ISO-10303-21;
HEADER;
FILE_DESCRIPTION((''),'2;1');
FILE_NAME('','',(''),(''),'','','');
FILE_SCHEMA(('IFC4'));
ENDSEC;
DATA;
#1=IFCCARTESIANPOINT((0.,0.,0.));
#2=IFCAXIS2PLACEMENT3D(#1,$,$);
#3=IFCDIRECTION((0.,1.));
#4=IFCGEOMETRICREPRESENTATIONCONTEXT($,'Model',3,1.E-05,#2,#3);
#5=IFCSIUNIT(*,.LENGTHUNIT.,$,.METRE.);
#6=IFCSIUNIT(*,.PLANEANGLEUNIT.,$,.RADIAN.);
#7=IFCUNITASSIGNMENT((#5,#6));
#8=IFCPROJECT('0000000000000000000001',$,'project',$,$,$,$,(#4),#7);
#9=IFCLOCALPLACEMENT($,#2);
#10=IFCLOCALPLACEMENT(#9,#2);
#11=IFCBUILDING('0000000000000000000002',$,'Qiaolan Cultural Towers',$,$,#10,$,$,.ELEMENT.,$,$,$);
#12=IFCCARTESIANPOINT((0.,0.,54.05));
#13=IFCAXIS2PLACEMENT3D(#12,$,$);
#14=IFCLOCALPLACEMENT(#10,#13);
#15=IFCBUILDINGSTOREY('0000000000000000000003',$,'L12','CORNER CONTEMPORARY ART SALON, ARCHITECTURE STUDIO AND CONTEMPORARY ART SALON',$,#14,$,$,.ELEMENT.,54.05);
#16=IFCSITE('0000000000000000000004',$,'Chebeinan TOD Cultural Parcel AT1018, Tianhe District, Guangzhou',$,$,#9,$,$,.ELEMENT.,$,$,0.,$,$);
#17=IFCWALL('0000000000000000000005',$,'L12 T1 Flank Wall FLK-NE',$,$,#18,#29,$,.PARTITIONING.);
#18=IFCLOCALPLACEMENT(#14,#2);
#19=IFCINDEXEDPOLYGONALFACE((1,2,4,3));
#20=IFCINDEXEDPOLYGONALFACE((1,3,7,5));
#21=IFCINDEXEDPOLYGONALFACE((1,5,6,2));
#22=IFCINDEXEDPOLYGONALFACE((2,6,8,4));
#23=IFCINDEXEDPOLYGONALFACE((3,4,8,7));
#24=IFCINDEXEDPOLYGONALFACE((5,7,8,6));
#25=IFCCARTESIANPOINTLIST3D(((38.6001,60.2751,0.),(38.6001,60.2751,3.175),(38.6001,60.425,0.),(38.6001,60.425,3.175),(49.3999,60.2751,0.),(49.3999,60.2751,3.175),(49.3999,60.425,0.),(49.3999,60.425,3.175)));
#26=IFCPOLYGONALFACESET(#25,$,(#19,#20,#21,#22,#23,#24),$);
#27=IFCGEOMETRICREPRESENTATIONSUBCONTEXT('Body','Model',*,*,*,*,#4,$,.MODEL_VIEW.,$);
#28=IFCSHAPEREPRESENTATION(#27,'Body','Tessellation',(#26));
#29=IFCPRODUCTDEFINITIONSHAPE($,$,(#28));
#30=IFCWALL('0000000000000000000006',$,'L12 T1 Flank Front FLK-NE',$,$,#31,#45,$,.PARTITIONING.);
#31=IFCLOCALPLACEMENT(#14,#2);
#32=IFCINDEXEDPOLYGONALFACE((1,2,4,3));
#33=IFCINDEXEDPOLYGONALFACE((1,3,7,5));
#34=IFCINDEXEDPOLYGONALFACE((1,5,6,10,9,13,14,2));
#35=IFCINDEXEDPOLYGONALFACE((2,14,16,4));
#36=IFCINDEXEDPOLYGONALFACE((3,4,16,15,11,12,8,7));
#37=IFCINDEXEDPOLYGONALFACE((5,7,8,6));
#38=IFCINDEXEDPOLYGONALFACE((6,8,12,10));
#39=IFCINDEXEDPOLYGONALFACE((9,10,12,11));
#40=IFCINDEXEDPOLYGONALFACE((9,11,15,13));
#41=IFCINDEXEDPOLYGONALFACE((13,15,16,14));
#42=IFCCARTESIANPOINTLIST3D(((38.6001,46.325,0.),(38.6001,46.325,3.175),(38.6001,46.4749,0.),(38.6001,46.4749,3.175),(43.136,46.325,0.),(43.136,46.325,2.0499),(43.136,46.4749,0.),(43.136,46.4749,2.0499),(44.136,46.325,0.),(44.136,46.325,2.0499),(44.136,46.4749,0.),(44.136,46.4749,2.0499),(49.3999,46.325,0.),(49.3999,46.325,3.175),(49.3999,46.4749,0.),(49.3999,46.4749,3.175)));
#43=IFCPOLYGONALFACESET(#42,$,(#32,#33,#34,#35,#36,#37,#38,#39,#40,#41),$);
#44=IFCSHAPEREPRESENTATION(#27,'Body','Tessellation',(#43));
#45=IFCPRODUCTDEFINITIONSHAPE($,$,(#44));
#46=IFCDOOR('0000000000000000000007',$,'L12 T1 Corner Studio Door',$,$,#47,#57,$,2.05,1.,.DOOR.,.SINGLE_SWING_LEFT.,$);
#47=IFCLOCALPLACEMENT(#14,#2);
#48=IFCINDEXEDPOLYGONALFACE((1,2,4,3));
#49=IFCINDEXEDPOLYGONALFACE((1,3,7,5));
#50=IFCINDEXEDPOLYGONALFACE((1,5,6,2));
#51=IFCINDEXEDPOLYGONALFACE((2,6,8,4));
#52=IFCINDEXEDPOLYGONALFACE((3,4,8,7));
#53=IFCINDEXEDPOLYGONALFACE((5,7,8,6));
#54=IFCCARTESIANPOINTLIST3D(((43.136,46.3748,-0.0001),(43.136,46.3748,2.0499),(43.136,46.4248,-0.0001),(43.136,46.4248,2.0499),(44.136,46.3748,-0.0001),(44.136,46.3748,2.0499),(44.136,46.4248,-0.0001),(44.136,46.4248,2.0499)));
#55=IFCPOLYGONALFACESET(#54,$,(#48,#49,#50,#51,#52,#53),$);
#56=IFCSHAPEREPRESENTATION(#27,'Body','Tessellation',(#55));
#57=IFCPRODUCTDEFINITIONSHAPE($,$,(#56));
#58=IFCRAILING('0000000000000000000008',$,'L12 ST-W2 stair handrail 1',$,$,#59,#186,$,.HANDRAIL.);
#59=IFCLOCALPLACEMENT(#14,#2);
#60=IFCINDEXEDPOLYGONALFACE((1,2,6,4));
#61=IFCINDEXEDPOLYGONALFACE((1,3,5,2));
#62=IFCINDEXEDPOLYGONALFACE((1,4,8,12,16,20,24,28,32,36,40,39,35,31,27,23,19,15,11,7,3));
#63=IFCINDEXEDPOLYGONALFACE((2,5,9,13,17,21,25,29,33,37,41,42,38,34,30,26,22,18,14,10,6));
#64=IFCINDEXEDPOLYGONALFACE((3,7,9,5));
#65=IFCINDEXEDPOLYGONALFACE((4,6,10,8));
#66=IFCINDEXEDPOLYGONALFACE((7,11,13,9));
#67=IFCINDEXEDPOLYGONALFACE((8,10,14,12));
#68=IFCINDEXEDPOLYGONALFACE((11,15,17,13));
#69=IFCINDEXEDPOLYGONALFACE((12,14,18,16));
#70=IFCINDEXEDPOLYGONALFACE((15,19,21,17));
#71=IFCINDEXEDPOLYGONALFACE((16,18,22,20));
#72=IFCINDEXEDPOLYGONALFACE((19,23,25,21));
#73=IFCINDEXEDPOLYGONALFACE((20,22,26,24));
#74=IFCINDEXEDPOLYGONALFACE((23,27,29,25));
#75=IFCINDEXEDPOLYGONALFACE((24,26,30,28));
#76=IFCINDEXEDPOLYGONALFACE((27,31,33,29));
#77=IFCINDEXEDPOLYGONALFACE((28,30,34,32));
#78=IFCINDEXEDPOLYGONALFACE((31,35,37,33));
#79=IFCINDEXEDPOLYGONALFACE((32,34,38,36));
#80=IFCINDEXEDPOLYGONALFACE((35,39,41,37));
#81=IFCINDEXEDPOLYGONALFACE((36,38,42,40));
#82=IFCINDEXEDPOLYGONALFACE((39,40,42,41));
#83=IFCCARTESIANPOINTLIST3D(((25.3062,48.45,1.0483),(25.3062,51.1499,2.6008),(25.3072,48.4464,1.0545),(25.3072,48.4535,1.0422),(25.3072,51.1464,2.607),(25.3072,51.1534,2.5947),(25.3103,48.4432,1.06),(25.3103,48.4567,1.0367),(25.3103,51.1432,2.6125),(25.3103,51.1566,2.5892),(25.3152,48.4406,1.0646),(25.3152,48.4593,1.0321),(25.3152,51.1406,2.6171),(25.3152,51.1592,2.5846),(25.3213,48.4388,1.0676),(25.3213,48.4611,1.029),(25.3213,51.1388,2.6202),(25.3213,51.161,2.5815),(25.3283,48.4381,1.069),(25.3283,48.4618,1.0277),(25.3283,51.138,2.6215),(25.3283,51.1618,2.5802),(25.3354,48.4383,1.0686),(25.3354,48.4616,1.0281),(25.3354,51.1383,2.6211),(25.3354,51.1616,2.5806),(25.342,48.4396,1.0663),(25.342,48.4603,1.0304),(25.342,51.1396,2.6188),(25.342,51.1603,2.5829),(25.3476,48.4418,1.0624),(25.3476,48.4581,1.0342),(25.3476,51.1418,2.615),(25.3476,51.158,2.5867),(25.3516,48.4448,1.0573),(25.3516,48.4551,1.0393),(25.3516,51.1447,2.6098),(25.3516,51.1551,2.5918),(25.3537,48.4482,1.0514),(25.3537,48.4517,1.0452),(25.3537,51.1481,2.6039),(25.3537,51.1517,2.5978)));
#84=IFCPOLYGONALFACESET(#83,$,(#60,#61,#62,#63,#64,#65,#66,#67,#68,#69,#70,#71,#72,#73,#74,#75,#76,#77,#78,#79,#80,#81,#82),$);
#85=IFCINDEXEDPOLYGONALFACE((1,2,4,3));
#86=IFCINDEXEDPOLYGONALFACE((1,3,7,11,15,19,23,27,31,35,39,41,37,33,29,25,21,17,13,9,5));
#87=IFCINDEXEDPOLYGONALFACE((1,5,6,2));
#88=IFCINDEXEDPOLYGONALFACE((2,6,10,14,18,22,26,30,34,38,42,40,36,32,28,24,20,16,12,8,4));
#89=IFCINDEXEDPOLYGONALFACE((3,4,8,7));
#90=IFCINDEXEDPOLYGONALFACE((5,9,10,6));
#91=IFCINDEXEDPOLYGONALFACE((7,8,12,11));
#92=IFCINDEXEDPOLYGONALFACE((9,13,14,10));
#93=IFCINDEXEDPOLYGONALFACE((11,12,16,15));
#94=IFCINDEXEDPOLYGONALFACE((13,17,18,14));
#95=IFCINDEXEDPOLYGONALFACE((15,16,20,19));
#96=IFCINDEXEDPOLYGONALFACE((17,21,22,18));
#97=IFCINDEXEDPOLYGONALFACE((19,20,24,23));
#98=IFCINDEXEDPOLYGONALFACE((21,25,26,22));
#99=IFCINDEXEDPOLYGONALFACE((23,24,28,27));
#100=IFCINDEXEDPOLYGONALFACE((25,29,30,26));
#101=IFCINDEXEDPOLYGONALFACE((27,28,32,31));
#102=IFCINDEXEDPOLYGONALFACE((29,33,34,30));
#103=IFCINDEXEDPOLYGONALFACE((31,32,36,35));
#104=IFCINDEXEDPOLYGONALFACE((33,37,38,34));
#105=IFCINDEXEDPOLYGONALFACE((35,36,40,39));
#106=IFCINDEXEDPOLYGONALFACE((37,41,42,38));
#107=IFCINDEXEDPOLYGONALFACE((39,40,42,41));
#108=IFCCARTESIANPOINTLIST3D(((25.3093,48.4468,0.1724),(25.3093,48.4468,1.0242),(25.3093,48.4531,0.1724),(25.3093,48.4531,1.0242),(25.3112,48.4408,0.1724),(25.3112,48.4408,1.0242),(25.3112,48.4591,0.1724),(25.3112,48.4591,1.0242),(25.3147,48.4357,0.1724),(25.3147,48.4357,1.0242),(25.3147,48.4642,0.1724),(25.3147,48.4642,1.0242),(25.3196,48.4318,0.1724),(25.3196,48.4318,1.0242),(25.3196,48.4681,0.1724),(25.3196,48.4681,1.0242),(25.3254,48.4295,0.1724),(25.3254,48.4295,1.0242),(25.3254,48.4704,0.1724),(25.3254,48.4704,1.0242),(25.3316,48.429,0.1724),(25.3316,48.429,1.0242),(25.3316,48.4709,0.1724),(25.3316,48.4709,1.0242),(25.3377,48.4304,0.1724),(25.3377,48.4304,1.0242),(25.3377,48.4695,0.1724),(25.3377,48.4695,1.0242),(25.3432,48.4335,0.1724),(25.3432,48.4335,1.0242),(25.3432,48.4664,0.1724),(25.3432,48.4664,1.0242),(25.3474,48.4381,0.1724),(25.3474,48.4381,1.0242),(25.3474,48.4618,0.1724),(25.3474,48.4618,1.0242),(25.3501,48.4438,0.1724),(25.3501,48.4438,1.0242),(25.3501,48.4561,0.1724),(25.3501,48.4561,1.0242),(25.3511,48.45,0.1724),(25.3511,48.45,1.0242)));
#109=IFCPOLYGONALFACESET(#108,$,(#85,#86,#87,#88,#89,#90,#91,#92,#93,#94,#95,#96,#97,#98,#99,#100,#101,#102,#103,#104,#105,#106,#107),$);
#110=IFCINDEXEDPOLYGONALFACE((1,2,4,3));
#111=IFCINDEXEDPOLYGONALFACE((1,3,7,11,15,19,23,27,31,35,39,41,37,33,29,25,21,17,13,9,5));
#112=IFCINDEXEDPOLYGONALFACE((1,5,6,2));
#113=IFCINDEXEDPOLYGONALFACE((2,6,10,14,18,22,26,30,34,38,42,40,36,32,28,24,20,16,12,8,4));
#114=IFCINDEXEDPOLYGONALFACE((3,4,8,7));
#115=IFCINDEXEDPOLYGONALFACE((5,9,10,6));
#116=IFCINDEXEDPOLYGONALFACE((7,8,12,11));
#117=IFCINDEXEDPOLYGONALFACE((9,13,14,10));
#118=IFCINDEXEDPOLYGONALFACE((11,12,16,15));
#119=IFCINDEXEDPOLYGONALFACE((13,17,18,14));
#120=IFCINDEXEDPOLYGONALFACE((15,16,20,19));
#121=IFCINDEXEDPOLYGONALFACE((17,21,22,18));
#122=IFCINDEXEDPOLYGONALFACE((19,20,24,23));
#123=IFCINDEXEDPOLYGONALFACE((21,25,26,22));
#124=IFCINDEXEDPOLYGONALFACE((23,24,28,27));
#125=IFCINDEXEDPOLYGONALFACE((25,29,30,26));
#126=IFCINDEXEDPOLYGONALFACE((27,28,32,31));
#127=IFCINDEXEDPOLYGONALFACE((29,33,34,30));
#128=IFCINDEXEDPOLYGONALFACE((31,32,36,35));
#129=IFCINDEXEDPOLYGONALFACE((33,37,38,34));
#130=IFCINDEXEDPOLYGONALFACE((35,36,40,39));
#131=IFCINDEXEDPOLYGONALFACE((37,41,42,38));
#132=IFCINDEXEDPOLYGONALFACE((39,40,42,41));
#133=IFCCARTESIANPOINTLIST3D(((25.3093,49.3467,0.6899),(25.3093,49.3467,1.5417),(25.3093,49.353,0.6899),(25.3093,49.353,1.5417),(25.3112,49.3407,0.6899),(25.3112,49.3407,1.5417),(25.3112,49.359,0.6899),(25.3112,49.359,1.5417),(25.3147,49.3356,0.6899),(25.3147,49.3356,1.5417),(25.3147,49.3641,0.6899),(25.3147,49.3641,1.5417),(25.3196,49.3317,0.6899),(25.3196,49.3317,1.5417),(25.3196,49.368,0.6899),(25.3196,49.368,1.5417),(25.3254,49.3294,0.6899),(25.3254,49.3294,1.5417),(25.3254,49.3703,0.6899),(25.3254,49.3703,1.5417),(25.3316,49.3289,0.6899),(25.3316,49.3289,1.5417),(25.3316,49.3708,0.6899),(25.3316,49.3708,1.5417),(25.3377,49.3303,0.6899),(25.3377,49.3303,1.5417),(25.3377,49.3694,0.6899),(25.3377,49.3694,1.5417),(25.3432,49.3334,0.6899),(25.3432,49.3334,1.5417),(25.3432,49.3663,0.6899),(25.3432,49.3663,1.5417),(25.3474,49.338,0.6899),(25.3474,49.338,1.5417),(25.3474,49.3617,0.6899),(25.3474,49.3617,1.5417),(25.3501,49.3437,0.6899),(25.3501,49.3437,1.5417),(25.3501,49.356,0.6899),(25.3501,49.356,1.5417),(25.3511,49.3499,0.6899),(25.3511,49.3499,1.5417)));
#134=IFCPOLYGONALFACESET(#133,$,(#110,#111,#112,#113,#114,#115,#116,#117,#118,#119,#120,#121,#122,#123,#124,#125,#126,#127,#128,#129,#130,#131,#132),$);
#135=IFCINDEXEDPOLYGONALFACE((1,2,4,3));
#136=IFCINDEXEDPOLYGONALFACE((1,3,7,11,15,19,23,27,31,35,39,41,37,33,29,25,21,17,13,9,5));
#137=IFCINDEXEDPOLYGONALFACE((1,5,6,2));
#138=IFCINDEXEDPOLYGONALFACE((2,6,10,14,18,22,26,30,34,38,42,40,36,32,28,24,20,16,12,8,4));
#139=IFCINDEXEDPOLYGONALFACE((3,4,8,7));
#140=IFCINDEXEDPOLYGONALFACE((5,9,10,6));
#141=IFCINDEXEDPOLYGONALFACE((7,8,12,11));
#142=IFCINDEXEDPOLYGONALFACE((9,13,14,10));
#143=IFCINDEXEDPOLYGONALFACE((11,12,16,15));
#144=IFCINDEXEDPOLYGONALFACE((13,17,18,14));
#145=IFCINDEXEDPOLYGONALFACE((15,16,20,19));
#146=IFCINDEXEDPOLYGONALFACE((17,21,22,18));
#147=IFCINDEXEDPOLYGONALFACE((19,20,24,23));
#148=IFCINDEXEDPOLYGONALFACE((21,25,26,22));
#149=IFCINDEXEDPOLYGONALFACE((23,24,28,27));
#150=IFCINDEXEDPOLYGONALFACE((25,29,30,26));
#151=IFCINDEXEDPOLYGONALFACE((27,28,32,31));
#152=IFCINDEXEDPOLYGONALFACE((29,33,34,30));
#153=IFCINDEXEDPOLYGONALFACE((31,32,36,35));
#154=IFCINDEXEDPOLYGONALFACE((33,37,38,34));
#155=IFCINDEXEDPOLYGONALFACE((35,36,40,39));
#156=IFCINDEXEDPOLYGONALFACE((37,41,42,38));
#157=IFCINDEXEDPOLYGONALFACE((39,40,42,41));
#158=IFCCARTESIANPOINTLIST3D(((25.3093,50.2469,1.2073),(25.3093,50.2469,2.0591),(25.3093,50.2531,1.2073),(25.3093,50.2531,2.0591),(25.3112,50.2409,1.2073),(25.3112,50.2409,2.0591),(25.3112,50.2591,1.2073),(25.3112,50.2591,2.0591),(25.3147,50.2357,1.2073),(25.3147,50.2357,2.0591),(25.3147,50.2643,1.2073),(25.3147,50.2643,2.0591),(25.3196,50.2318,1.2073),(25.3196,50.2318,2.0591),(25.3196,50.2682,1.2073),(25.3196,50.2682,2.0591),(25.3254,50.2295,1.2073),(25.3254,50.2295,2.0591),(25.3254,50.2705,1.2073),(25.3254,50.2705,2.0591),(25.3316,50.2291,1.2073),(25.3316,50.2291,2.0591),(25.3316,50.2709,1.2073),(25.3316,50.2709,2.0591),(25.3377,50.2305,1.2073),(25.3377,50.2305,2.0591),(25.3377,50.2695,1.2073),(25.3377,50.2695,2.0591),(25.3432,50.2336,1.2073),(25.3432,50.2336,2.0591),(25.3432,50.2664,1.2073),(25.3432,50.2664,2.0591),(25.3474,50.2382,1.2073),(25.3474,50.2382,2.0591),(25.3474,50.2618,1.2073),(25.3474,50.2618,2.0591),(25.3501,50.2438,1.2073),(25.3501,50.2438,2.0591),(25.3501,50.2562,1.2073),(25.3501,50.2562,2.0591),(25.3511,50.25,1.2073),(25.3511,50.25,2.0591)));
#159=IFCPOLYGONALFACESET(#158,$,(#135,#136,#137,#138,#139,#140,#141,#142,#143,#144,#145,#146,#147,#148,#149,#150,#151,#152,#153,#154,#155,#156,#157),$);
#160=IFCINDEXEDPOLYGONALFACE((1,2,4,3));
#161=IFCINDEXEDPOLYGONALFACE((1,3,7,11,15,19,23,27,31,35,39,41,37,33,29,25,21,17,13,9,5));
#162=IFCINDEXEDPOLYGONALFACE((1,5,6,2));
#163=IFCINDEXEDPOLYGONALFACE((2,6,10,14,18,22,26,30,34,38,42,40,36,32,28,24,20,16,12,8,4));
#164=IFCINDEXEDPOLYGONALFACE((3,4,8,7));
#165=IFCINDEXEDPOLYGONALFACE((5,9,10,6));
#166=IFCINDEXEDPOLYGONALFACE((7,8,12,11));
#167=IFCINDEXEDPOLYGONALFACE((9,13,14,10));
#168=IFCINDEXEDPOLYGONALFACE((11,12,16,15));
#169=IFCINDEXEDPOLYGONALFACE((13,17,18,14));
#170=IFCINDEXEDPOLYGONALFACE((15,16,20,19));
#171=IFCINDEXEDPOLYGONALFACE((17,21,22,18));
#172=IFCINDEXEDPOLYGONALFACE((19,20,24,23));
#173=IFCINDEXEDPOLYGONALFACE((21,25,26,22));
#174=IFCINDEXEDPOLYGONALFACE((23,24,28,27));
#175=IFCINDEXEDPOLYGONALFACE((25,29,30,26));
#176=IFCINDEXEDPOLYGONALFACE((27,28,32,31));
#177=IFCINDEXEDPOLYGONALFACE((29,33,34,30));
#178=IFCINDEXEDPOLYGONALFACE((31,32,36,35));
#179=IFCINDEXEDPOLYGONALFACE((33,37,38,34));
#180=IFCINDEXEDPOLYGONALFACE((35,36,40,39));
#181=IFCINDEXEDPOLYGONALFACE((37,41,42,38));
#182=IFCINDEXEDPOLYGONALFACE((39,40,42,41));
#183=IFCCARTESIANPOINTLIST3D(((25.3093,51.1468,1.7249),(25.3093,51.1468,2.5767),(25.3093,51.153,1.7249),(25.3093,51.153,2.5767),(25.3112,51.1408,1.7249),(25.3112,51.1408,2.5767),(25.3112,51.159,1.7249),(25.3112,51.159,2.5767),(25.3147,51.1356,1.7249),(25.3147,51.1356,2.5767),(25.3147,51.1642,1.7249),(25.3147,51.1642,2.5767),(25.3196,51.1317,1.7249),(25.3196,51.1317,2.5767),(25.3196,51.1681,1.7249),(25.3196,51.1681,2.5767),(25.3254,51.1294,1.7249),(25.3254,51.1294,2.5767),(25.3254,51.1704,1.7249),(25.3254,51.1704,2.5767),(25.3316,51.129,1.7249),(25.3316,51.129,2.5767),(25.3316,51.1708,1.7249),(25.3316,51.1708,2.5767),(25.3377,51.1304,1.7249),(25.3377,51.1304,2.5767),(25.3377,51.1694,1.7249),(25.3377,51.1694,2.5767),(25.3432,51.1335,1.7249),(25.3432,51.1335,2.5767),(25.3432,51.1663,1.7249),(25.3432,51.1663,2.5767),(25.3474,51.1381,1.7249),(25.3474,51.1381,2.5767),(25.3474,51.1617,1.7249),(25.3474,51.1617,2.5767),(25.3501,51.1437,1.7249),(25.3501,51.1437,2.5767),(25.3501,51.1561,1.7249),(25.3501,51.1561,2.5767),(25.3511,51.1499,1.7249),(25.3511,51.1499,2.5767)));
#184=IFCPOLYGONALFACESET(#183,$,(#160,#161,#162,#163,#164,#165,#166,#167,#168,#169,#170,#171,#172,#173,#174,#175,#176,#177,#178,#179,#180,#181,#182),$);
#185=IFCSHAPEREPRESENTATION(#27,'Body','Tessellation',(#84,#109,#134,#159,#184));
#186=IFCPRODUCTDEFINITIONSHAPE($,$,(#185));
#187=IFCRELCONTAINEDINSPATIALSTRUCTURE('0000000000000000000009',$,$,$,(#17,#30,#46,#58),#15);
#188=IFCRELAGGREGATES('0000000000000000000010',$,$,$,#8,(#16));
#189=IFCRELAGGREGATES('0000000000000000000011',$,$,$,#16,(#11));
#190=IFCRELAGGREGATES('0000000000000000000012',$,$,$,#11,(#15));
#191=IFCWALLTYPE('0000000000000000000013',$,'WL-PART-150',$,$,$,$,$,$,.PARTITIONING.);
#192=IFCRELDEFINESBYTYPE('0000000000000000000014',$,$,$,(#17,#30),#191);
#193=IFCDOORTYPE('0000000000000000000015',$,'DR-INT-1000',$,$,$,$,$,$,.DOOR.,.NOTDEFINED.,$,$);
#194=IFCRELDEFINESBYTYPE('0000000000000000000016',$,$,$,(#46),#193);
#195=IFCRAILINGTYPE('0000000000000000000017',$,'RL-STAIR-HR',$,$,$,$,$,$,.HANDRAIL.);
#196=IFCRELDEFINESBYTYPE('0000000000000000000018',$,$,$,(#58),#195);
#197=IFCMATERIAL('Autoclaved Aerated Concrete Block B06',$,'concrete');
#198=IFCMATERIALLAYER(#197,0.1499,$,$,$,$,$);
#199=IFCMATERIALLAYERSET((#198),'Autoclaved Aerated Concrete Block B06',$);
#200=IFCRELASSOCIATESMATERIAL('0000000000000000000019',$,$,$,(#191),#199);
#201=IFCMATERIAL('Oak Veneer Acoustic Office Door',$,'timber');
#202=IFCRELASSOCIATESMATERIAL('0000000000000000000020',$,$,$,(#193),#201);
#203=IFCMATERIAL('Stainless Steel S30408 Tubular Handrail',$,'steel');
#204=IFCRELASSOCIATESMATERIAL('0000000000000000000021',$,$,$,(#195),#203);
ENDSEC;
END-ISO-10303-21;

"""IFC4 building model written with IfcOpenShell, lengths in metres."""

from ifc_helpers import new_model, si_unit, direction, frame, frame_2d, origin, origin_2d, place, context, subcontext, project, spatial, rectangle, circle, extrude, material, layer, layer_set, type_object, element, fill, save


model = new_model("IFC4")

# Units and contexts
model_context = context("Model", 3, precision=1e-05, world=origin(), true_north=direction((0.0, 1.0)))
body_context = subcontext(model_context, "Body", "Model", "MODEL_VIEW")
ifc_project = project(units=[si_unit("LENGTHUNIT", "METRE"), si_unit("PLANEANGLEUNIT", "RADIAN")], contexts=[model_context])

# Site, building, storey
site_placement = place(None, origin())
site = spatial("IfcSite", under=ifc_project, at=site_placement, Name="Chebeinan TOD Cultural Parcel AT1018, Tianhe District, Guangzhou", CompositionType="ELEMENT", RefElevation=0.0)
building_placement = place(site_placement, origin())
building = spatial("IfcBuilding", under=site, at=building_placement, Name="Qiaolan Cultural Towers", CompositionType="ELEMENT")
storey_placement = place(building_placement, frame((0.0, 0.0, 54.05)))
storey = spatial("IfcBuildingStorey", under=building, at=storey_placement, Name="L12", Description="CORNER CONTEMPORARY ART SALON, ARCHITECTURE STUDIO AND CONTEMPORARY ART SALON", CompositionType="ELEMENT", Elevation=54.05)

# Shared definitions
ifc_material_1 = material(Name="Autoclaved Aerated Concrete Block B06", Category="concrete")
ifc_layer_1 = layer(ifc_material_1, 0.1499)
ifc_layer_set_1 = layer_set([ifc_layer_1], Name="Autoclaved Aerated Concrete Block B06")
wall_type_1 = type_object("IfcWallType", Name="WL-PART-150", PredefinedType="PARTITIONING", material=ifc_layer_set_1)

# Wall
wall_1_placement = place(storey_placement, frame((38.6001, 60.3501, 0.0), z_axis=(0.0, 0.0, 1.0), x_axis=(1.0, 0.0, 0.0)))
element("IfcWall", 1, at=wall_1_placement, inside=storey, type_object=wall_type_1, Name="L12 T1 Flank Wall FLK-NE", PredefinedType="PARTITIONING", context=body_context, shape_type="SweptSolid", body=[
    extrude(rectangle(XDim=10.7998, YDim=0.1499, at=frame_2d((5.3999, 0.0))), origin(), (0.0, 0.0, 1.0), 3.175),
])

# Wall, opening, door
wall_2_placement = place(storey_placement, frame((38.6001, 46.3999, 0.0), z_axis=(0.0, 0.0, 1.0), x_axis=(1.0, 0.0, 0.0)))
wall_2 = element("IfcWall", 2, at=wall_2_placement, inside=storey, type_object=wall_type_1, Name="L12 T1 Flank Front FLK-NE", PredefinedType="PARTITIONING", context=body_context, shape_type="SweptSolid", body=[
    extrude(rectangle(XDim=10.7998, YDim=0.1499, at=frame_2d((5.3999, 0.0))), origin(), (0.0, 0.0, 1.0), 3.175),
])
opening_1_placement = place(wall_2_placement, frame((4.5359, 0.0, 0.0)))
opening_1 = element("IfcOpeningElement", 3, at=opening_1_placement, cuts=wall_2, PredefinedType="OPENING", context=body_context, shape_type="SweptSolid", body=[
    extrude(rectangle(XDim=1.0, YDim=2.05, at=frame_2d((0.5, 1.0249))), frame((0.0, 0.085, 0.0), z_axis=(0.0, -1.0, 0.0), x_axis=(1.0, 0.0, 0.0)), (0.0, 0.0, 1.0), 0.1699),
])
ifc_material_2 = material(Name="Oak Veneer Acoustic Office Door", Category="timber")
door_type_1 = type_object("IfcDoorType", Name="DR-INT-1000", OperationType="NOTDEFINED", PredefinedType="DOOR", material=ifc_material_2)
door_1_placement = place(opening_1_placement, origin())
door_1 = element("IfcDoor", 4, at=door_1_placement, inside=storey, type_object=door_type_1, Name="L12 T1 Corner Studio Door", OperationType="SINGLE_SWING_LEFT", OverallHeight=2.05, OverallWidth=1.0, PredefinedType="DOOR", context=body_context, shape_type="SweptSolid", body=[
    extrude(rectangle(XDim=1.0, YDim=2.05, at=frame_2d((0.5, 1.0249))), frame((0.0, 0.0249, 0.0), z_axis=(0.0, -1.0, 0.0), x_axis=(1.0, 0.0, 0.0)), (0.0, 0.0, 1.0), 0.05),
])
fill(opening_1, door_1)

# Railing
ifc_material_3 = material(Name="Stainless Steel S30408 Tubular Handrail", Category="steel")
railing_type = type_object("IfcRailingType", Name="RL-STAIR-HR", PredefinedType="HANDRAIL", material=ifc_material_3)
railing_placement = place(storey_placement, frame((25.3301, 48.45, 0.1724)))
element("IfcRailing", 5, at=railing_placement, inside=storey, type_object=railing_type, Name="L12 ST-W2 stair handrail 1", PredefinedType="HANDRAIL", context=body_context, shape_type="SweptSolid", body=[
    extrude(circle(Radius=0.0239, at=origin_2d()), frame((0.0, 0.0, 0.876), z_axis=(0.0, 0.866904, 0.498476), x_axis=(-1.0, 0.0, 0.0)), (0.0, 0.0, 1.0), 3.1145),
    extrude(circle(Radius=0.021, at=origin_2d()), origin(), (0.0, 0.0, 1.0), 0.8518),
    extrude(circle(Radius=0.021, at=origin_2d()), frame((0.0, 0.8999, 0.5176)), (0.0, 0.0, 1.0), 0.8518),
    extrude(circle(Radius=0.021, at=origin_2d()), frame((0.0, 1.8, 1.0349)), (0.0, 0.0, 1.0), 0.8518),
    extrude(circle(Radius=0.021, at=origin_2d()), frame((0.0, 2.7, 1.5525)), (0.0, 0.0, 1.0), 0.8518),
])

save(model, "model.ifc")
